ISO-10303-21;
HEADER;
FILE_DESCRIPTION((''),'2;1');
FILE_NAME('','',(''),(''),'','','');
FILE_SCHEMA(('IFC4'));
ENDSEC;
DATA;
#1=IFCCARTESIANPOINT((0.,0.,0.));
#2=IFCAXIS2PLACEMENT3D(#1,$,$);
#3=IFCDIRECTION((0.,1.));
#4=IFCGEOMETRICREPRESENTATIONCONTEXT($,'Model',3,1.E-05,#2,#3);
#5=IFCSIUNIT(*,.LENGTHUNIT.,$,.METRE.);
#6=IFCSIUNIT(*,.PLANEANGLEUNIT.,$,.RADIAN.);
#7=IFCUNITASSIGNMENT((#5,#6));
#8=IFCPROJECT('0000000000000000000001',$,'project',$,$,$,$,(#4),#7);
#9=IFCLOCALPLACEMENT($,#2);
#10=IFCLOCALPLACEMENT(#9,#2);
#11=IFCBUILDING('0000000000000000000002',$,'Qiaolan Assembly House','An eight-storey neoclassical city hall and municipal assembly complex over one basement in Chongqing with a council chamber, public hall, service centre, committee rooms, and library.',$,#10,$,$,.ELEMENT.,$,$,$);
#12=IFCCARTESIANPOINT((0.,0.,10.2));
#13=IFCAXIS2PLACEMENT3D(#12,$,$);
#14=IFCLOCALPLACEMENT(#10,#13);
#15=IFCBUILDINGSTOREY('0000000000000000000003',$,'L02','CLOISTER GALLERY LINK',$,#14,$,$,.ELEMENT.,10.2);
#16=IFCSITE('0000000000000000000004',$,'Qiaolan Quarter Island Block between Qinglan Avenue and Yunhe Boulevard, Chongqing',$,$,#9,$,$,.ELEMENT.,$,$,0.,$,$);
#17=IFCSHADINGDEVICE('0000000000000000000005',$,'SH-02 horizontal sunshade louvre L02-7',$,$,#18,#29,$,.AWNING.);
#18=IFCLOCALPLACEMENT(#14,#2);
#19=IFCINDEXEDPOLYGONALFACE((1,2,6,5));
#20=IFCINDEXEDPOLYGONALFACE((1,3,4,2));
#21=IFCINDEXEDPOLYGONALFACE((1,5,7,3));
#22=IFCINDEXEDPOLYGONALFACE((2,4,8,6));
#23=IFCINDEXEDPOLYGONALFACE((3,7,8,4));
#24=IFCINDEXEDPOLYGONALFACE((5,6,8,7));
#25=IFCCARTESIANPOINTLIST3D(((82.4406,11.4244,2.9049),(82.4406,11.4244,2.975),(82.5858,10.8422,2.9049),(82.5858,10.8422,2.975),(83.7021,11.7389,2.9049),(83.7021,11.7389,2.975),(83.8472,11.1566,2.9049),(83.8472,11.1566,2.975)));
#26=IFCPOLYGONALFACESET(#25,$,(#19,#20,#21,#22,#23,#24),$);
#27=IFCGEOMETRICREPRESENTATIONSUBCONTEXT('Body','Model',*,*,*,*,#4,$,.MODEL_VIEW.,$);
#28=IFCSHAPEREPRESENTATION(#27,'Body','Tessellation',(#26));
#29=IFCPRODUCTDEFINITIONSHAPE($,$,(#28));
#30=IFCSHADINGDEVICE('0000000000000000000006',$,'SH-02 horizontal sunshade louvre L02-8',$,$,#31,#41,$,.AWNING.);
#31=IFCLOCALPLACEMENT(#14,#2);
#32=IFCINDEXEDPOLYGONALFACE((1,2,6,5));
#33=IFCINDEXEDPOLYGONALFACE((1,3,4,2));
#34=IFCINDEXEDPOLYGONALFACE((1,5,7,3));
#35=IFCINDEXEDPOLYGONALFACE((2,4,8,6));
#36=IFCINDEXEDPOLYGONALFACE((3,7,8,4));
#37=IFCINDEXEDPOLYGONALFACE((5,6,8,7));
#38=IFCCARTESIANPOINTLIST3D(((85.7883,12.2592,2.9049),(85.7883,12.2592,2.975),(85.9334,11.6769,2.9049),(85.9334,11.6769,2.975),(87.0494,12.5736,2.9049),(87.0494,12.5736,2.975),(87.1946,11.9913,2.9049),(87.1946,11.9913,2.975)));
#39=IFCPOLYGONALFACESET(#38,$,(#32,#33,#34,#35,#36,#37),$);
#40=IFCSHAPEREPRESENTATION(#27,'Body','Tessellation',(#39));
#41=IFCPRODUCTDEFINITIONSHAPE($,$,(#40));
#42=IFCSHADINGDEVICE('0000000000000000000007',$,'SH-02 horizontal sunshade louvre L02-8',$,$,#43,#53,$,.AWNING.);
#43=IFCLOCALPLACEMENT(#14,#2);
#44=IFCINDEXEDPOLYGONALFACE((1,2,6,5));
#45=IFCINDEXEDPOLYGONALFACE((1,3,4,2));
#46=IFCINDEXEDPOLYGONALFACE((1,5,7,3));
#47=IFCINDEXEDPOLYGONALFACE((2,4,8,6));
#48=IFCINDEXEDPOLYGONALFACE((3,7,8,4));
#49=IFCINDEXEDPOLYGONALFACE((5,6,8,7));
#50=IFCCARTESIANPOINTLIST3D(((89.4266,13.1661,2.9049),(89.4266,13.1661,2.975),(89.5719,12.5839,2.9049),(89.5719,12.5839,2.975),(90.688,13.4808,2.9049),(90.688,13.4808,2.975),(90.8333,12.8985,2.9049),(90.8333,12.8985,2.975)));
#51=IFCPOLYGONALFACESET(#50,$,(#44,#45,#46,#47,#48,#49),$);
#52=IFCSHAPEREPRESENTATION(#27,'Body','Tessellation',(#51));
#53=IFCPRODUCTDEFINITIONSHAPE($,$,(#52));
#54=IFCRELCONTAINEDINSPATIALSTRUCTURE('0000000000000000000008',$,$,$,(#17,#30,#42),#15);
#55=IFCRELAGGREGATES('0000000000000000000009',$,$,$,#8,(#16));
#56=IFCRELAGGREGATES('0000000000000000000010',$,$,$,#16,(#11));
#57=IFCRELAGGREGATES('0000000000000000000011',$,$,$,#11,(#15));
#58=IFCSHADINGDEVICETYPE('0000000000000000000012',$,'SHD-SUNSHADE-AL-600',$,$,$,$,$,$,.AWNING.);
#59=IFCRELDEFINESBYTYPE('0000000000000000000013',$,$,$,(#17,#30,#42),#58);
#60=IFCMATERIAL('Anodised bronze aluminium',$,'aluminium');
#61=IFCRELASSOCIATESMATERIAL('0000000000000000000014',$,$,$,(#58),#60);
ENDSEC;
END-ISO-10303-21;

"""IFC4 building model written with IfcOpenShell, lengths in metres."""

from ifc_helpers import new_model, si_unit, direction, frame, origin, origin_2d, place, context, subcontext, project, spatial, rectangle, extrude, material, material_profile, profile_set, type_object, element, save


model = new_model("IFC4")

# Units and contexts
model_context = context("Model", 3, precision=1e-05, world=origin(), true_north=direction((0.0, 1.0)))
body_context = subcontext(model_context, "Body", "Model", "MODEL_VIEW")
ifc_project = project(units=[si_unit("LENGTHUNIT", "METRE"), si_unit("PLANEANGLEUNIT", "RADIAN")], contexts=[model_context])

# Site, building, storey
site_placement = place(None, origin())
site = spatial("IfcSite", under=ifc_project, at=site_placement, Name="Qiaolan Quarter Island Block between Qinglan Avenue and Yunhe Boulevard, Chongqing", CompositionType="ELEMENT", RefElevation=0.0)
building_placement = place(site_placement, origin())
building = spatial("IfcBuilding", under=site, at=building_placement, Name="Qiaolan Assembly House", Description="An eight-storey neoclassical city hall and municipal assembly complex over one basement in Chongqing with a council chamber, public hall, service centre, committee rooms, and library.", CompositionType="ELEMENT")
storey_placement = place(building_placement, frame((0.0, 0.0, 10.2)))
storey = spatial("IfcBuildingStorey", under=building, at=storey_placement, Name="L02", Description="CLOISTER GALLERY LINK", CompositionType="ELEMENT", Elevation=10.2)

# Shared definitions
ifc_material_1 = material(Name="Anodised bronze aluminium", Category="aluminium")

# Shading devices
ifc_material_profile_1 = material_profile(ifc_material_1, rectangle(XDim=0.6001, YDim=0.0701, at=origin_2d()), Name="SHD 600x70")
ifc_profile_set_1 = profile_set([ifc_material_profile_1], Name="Anodised bronze aluminium")
shading_device_type = type_object("IfcShadingDeviceType", Name="SHD-SUNSHADE-AL-600", PredefinedType="AWNING", material=ifc_profile_set_1)
shading_device_1_placement = place(storey_placement, frame((82.5132, 11.1333, 2.9399), z_axis=(0.970308, 0.241873, 0.0), x_axis=(-0.241873, 0.970308, 0.0)))
element("IfcShadingDevice", 1, at=shading_device_1_placement, inside=storey, type_object=shading_device_type, Name="SH-02 horizontal sunshade louvre L02-7", PredefinedType="AWNING", context=body_context, shape_type="SweptSolid", body=[
    extrude(rectangle(XDim=0.6001, YDim=0.0701, at=origin_2d()), origin(), (0.0, 0.0, 1.0), 1.3),
])
shading_device_2_placement = place(storey_placement, frame((85.8608, 11.968, 2.9399), z_axis=(0.970297, 0.241917, 0.0), x_axis=(-0.241917, 0.970297, 0.0)))
element("IfcShadingDevice", 2, at=shading_device_2_placement, inside=storey, type_object=shading_device_type, Name="SH-02 horizontal sunshade louvre L02-8", PredefinedType="AWNING", context=body_context, shape_type="SweptSolid", body=[
    extrude(rectangle(XDim=0.6001, YDim=0.0701, at=origin_2d()), origin(), (0.0, 0.0, 1.0), 1.2998),
])
shading_device_3_placement = place(storey_placement, frame((89.4993, 12.875, 2.9399), z_axis=(0.970264, 0.24205, 0.0), x_axis=(-0.24205, 0.970264, 0.0)))
element("IfcShadingDevice", 3, at=shading_device_3_placement, inside=storey, type_object=shading_device_type, Name="SH-02 horizontal sunshade louvre L02-8", PredefinedType="AWNING", context=body_context, shape_type="SweptSolid", body=[
    extrude(rectangle(XDim=0.6001, YDim=0.0701, at=origin_2d()), origin(), (0.0, 0.0, 1.0), 1.3),
])

save(model, "model.ifc")
